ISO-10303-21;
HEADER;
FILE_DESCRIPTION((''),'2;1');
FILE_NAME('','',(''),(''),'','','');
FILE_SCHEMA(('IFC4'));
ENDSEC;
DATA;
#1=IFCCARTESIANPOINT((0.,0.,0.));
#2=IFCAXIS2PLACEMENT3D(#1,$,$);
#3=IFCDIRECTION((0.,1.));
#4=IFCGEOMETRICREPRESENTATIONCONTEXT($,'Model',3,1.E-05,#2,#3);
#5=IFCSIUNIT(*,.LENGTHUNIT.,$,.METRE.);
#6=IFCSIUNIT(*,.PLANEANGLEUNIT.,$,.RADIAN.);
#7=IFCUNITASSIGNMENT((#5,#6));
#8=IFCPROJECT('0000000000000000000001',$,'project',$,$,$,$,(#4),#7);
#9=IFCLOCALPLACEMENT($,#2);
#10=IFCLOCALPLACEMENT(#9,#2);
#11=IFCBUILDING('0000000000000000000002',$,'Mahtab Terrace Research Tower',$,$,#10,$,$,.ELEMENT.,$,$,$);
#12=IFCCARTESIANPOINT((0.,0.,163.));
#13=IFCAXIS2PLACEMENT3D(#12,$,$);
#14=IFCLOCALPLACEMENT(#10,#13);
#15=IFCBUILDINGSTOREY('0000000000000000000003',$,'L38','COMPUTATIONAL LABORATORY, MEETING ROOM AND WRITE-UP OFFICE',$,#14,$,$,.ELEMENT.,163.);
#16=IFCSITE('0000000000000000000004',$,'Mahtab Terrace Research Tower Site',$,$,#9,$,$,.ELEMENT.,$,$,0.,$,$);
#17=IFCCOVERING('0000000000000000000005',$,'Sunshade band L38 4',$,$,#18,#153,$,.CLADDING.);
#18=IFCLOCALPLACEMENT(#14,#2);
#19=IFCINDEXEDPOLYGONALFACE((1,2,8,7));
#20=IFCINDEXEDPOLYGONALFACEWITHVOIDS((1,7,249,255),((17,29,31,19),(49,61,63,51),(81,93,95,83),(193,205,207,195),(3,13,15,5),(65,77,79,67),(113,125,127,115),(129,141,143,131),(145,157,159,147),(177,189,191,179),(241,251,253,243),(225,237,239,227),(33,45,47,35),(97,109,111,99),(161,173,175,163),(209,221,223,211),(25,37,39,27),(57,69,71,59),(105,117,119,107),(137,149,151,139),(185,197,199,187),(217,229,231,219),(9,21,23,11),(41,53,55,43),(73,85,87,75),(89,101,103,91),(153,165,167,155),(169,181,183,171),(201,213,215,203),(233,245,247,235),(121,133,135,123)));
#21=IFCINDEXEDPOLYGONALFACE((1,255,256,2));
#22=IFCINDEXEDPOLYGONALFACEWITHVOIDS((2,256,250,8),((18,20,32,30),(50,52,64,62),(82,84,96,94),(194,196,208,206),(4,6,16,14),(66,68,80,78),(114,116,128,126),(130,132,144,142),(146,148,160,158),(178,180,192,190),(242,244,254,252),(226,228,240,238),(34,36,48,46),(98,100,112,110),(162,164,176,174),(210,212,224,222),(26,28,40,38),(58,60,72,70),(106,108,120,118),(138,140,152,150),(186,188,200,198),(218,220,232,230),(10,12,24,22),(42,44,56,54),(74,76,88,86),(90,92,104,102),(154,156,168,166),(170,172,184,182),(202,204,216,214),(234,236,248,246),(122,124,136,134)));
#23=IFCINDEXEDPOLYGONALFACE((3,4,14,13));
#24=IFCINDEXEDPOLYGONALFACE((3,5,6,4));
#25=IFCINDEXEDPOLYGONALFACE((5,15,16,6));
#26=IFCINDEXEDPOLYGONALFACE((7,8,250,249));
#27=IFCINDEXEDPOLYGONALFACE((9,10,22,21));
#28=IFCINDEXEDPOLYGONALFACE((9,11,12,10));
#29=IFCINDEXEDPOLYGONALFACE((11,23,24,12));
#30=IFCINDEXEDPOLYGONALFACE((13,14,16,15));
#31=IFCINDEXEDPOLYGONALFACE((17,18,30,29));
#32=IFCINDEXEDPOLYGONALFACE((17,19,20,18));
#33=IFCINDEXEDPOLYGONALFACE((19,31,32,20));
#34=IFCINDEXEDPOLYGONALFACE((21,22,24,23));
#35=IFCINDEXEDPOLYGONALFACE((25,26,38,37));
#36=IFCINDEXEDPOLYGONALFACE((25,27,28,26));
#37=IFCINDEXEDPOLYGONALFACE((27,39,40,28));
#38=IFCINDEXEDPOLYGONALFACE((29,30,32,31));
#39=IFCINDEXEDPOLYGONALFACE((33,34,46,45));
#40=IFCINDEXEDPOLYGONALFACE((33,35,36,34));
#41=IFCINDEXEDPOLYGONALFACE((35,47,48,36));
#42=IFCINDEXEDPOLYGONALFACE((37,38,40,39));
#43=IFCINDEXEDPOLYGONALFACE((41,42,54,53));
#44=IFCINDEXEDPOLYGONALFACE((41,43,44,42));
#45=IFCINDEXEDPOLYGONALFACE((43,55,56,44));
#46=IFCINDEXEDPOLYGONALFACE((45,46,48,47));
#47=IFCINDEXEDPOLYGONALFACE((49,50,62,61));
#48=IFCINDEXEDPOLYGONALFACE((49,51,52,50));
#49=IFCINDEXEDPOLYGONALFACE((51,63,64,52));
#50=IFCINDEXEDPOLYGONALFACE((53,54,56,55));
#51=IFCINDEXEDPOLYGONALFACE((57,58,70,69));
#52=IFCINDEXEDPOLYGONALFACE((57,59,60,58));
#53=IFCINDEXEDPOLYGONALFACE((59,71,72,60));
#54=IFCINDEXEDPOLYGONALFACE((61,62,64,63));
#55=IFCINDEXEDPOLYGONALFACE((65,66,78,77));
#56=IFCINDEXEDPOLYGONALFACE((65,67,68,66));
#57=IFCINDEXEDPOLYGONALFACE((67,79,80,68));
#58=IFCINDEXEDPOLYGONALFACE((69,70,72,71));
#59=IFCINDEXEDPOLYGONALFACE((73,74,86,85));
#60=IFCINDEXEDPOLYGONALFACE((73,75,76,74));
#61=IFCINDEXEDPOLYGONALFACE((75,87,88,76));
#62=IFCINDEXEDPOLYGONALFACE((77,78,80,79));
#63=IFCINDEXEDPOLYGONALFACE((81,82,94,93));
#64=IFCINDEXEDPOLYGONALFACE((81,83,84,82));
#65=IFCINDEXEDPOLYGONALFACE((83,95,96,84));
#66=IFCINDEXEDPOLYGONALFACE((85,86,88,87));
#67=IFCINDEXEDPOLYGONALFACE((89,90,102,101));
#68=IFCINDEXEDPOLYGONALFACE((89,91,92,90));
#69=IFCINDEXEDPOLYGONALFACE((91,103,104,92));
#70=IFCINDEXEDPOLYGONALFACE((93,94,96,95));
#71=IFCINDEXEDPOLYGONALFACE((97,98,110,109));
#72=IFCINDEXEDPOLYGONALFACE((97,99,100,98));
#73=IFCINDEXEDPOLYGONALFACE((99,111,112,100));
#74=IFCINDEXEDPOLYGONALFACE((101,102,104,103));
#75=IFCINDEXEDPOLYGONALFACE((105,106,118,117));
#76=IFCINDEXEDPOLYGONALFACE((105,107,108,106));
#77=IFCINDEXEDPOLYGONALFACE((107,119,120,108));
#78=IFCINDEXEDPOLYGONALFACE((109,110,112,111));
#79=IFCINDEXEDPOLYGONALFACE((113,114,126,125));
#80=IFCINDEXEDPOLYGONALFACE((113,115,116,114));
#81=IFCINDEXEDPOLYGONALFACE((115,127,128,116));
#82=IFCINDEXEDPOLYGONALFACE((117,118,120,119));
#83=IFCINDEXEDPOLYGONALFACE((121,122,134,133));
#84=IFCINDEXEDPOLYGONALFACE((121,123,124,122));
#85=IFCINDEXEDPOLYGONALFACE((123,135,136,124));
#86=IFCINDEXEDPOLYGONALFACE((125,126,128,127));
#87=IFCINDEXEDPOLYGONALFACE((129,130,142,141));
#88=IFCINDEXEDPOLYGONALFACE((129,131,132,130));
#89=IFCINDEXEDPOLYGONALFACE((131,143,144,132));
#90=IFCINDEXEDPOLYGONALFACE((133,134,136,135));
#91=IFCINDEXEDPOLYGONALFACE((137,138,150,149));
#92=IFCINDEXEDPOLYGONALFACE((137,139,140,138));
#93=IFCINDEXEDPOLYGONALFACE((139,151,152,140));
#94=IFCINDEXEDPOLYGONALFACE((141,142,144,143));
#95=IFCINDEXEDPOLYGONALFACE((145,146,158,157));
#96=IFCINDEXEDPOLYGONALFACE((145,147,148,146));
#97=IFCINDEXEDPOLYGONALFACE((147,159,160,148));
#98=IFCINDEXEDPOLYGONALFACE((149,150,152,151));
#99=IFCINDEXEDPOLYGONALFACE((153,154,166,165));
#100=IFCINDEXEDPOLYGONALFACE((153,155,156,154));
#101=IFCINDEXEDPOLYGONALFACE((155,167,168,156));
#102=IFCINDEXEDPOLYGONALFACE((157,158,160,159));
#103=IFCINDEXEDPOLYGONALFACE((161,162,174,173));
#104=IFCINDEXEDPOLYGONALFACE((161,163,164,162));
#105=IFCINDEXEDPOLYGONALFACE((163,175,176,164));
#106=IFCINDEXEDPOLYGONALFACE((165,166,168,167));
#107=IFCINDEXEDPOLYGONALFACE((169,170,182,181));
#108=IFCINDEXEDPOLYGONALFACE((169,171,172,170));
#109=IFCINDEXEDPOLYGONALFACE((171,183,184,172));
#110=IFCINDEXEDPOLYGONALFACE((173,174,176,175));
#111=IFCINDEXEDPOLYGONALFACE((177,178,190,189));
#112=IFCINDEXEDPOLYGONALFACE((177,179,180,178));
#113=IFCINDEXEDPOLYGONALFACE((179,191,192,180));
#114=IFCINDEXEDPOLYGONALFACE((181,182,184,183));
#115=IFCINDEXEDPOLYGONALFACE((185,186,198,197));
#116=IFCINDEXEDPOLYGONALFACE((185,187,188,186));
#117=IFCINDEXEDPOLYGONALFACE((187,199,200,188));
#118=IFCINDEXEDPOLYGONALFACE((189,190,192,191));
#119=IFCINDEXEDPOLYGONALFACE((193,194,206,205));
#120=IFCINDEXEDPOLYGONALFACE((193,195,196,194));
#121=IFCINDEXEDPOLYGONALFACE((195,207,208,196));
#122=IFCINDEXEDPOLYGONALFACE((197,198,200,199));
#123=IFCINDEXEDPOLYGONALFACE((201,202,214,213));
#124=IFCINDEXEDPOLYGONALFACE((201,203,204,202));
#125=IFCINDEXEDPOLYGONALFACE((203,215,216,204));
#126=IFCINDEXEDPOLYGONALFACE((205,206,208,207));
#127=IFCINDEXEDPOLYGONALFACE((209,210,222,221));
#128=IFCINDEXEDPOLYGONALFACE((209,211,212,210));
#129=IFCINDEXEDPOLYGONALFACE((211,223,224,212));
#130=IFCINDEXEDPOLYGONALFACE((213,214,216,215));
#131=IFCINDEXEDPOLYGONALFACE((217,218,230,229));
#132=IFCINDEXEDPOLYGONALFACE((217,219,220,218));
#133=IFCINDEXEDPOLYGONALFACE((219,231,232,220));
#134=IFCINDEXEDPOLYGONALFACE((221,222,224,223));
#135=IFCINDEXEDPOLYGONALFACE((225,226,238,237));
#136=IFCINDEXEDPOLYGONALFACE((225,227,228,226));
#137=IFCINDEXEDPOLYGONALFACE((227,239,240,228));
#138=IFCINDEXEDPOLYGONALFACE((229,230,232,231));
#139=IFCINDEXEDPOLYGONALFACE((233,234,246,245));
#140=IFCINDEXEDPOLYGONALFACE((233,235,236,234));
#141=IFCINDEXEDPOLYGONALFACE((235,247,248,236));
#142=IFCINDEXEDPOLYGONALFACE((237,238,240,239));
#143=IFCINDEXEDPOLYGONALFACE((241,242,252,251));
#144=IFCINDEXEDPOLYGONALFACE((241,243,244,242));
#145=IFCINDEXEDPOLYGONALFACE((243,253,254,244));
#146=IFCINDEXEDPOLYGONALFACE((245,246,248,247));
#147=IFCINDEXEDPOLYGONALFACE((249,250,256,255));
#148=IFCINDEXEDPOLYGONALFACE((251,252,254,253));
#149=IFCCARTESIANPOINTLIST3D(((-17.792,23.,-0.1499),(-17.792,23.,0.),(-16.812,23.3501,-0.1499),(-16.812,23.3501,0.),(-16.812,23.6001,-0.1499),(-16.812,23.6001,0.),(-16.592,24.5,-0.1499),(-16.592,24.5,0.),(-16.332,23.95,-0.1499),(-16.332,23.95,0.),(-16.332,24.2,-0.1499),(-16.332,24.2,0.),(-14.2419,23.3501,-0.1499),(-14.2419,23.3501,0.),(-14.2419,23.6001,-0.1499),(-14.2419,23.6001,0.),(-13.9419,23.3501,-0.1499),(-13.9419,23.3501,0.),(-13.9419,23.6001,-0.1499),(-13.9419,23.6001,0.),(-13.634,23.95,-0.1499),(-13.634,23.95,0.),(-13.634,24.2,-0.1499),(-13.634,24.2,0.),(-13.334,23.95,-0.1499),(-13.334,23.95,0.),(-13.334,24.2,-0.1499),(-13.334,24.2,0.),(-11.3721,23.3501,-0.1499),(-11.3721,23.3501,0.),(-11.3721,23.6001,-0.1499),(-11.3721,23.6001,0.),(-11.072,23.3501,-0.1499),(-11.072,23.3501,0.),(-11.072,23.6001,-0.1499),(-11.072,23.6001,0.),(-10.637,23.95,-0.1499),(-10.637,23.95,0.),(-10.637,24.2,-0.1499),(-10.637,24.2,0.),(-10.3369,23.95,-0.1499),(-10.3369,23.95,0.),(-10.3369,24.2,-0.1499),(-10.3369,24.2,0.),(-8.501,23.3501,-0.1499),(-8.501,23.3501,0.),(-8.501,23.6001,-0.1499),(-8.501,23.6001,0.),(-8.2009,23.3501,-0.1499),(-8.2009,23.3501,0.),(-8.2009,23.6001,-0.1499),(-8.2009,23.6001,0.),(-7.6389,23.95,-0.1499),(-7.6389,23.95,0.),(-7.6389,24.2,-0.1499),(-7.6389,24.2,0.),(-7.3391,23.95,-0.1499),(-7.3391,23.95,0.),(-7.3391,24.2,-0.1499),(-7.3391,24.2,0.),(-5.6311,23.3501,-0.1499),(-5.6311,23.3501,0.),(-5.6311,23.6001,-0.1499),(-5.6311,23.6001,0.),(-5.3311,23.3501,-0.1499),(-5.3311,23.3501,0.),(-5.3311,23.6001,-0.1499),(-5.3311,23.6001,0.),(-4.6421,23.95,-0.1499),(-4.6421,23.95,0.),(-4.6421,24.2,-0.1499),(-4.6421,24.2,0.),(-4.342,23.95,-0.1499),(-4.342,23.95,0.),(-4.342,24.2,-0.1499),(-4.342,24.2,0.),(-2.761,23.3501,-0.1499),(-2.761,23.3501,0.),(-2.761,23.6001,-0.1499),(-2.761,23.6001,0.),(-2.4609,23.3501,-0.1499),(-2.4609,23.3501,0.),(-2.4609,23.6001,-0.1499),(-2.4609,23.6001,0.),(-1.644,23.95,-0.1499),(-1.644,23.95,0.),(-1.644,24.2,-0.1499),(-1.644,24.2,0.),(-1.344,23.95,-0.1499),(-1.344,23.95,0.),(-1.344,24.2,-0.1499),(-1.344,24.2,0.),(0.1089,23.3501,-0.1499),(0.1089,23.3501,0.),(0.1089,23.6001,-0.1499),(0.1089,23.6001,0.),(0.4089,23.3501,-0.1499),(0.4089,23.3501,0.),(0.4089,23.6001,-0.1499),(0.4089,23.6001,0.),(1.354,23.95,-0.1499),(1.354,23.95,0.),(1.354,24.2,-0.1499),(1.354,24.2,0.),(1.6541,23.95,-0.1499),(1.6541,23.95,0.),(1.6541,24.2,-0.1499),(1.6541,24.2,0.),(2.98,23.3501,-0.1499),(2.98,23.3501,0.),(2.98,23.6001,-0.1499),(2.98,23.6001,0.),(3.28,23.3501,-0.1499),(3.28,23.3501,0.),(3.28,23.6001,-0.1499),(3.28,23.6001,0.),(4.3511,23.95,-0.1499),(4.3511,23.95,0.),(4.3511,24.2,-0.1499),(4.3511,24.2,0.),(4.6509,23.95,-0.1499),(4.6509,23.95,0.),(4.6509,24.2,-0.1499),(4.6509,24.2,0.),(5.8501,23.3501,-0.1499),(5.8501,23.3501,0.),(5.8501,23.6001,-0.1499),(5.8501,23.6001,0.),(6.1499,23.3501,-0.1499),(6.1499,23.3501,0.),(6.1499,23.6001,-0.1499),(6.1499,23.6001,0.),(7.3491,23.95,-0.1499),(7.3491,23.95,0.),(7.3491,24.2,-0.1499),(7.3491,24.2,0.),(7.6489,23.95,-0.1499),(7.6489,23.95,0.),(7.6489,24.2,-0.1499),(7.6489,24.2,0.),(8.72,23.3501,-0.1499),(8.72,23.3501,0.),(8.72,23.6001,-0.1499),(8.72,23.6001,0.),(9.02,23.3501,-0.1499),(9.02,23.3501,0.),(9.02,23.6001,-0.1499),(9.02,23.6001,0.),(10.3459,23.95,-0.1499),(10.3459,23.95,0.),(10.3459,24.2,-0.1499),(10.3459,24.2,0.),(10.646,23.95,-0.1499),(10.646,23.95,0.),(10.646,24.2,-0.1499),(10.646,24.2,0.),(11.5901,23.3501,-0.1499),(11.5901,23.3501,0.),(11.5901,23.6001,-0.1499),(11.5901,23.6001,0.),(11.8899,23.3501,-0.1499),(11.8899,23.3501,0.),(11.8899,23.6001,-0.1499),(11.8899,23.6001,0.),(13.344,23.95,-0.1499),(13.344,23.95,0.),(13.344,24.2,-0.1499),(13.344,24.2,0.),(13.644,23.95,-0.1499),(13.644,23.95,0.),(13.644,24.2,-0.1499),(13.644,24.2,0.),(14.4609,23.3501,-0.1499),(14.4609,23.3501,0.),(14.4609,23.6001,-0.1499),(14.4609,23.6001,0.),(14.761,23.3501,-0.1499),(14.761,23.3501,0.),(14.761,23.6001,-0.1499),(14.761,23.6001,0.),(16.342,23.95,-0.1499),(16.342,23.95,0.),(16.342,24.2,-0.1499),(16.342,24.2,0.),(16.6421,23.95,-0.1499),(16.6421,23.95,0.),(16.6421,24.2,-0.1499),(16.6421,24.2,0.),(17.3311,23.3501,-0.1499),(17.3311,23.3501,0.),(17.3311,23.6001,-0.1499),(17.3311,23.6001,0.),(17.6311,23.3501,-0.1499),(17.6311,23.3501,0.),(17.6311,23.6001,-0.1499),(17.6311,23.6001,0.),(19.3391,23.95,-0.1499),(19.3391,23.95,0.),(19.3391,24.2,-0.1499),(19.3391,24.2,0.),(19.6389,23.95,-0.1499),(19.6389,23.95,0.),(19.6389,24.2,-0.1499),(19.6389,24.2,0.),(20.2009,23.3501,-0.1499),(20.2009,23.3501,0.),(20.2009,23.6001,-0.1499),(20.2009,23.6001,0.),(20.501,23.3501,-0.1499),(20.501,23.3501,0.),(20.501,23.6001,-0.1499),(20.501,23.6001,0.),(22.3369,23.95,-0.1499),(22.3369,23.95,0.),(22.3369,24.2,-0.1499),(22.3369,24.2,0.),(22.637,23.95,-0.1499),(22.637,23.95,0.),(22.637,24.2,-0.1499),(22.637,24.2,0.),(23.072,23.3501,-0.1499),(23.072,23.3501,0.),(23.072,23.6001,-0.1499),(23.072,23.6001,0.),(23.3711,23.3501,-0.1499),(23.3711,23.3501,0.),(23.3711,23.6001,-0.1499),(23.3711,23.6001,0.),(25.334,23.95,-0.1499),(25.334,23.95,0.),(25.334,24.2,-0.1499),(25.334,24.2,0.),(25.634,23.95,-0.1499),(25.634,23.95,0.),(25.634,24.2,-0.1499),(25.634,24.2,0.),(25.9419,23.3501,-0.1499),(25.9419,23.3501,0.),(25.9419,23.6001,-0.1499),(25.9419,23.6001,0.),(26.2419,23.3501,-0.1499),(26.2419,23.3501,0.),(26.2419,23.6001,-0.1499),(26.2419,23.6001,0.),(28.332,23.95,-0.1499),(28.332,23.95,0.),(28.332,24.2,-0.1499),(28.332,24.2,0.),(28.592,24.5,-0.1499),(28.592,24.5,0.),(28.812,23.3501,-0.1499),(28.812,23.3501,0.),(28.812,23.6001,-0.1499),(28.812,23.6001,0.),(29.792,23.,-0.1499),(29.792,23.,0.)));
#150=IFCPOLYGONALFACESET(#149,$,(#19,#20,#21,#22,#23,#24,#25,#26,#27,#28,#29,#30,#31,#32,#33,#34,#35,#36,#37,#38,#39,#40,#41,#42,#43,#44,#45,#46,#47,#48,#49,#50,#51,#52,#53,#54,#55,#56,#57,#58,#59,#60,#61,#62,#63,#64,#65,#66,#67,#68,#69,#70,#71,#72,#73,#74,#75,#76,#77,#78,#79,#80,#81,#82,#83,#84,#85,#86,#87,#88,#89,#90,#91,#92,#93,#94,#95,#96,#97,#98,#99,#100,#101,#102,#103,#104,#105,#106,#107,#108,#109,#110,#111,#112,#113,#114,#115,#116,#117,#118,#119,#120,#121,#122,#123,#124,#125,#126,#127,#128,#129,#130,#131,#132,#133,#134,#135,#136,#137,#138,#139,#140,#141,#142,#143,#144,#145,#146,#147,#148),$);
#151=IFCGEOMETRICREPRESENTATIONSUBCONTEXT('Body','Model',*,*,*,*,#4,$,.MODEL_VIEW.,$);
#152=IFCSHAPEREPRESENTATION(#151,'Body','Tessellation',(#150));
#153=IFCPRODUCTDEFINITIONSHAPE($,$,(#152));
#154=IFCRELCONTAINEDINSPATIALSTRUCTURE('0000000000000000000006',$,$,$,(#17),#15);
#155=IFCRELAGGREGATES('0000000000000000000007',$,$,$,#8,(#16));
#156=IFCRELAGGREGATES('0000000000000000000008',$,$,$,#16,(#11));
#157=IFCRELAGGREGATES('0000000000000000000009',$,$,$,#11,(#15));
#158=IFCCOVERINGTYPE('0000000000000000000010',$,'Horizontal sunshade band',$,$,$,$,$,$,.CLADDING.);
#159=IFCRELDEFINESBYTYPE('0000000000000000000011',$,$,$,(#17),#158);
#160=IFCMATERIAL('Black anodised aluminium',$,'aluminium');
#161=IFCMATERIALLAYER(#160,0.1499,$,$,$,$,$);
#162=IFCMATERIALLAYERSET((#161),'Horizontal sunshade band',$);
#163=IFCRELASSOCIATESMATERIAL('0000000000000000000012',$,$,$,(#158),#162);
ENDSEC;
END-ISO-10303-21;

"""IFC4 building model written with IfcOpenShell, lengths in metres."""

from ifc_helpers import new_model, si_unit, direction, frame, origin, place, context, subcontext, project, spatial, polyline, outline, extrude, material, layer, layer_set, type_object, element, save


model = new_model("IFC4")

# Units and contexts
model_context = context("Model", 3, precision=1e-05, world=origin(), true_north=direction((0.0, 1.0)))
body_context = subcontext(model_context, "Body", "Model", "MODEL_VIEW")
ifc_project = project(units=[si_unit("LENGTHUNIT", "METRE"), si_unit("PLANEANGLEUNIT", "RADIAN")], contexts=[model_context])

# Site, building, storey
site_placement = place(None, origin())
site = spatial("IfcSite", under=ifc_project, at=site_placement, Name="Mahtab Terrace Research Tower Site", CompositionType="ELEMENT", RefElevation=0.0)
building_placement = place(site_placement, origin())
building = spatial("IfcBuilding", under=site, at=building_placement, Name="Mahtab Terrace Research Tower", CompositionType="ELEMENT")
storey_placement = place(building_placement, frame((0.0, 0.0, 163.0)))
storey = spatial("IfcBuildingStorey", under=building, at=storey_placement, Name="L38", Description="COMPUTATIONAL LABORATORY, MEETING ROOM AND WRITE-UP OFFICE", CompositionType="ELEMENT", Elevation=163.0)

# Covering
ifc_material_1 = material(Name="Black anodised aluminium", Category="aluminium")
ifc_layer_1 = layer(ifc_material_1, 0.1499)
ifc_layer_set_1 = layer_set([ifc_layer_1], Name="Horizontal sunshade band")
covering_type = type_object("IfcCoveringType", Name="Horizontal sunshade band", PredefinedType="CLADDING", material=ifc_layer_set_1)
covering_1_placement = place(storey_placement, frame((0.0, 0.0, -0.1499)))
element("IfcCovering", 1, at=covering_1_placement, inside=storey, type_object=covering_type, Name="Sunshade band L38 4", PredefinedType="CLADDING", context=body_context, shape_type="SweptSolid", body=[
    extrude(outline(polyline([(29.792, 23.0), (-17.792, 23.0), (-16.592, 24.5), (28.592, 24.5), (29.792, 23.0)]), holes=[polyline([(28.812, 23.3501), (26.2419, 23.3501), (26.2419, 23.6001), (28.812, 23.6001), (28.812, 23.3501)]), polyline([(25.9419, 23.3501), (23.3711, 23.3501), (23.3711, 23.6001), (25.9419, 23.6001), (25.9419, 23.3501)]), polyline([(23.072, 23.3501), (20.501, 23.3501), (20.501, 23.6001), (23.072, 23.6001), (23.072, 23.3501)]), polyline([(20.2009, 23.3501), (17.6311, 23.3501), (17.6311, 23.6001), (20.2009, 23.6001), (20.2009, 23.3501)]), polyline([(17.3311, 23.3501), (14.761, 23.3501), (14.761, 23.6001), (17.3311, 23.6001), (17.3311, 23.3501)]), polyline([(14.4609, 23.3501), (11.8899, 23.3501), (11.8899, 23.6001), (14.4609, 23.6001), (14.4609, 23.3501)]), polyline([(11.5901, 23.3501), (9.02, 23.3501), (9.02, 23.6001), (11.5901, 23.6001), (11.5901, 23.3501)]), polyline([(8.72, 23.3501), (6.1499, 23.3501), (6.1499, 23.6001), (8.72, 23.6001), (8.72, 23.3501)]), polyline([(5.8501, 23.3501), (3.28, 23.3501), (3.28, 23.6001), (5.8501, 23.6001), (5.8501, 23.3501)]), polyline([(2.98, 23.3501), (0.4089, 23.3501), (0.4089, 23.6001), (2.98, 23.6001), (2.98, 23.3501)]), polyline([(0.1089, 23.3501), (-2.4609, 23.3501), (-2.4609, 23.6001), (0.1089, 23.6001), (0.1089, 23.3501)]), polyline([(-2.761, 23.3501), (-5.3311, 23.3501), (-5.3311, 23.6001), (-2.761, 23.6001), (-2.761, 23.3501)]), polyline([(-5.6311, 23.3501), (-8.2009, 23.3501), (-8.2009, 23.6001), (-5.6311, 23.6001), (-5.6311, 23.3501)]), polyline([(-8.501, 23.3501), (-11.072, 23.3501), (-11.072, 23.6001), (-8.501, 23.6001), (-8.501, 23.3501)]), polyline([(-11.3721, 23.3501), (-13.9419, 23.3501), (-13.9419, 23.6001), (-11.3721, 23.6001), (-11.3721, 23.3501)]), polyline([(-14.2419, 23.3501), (-16.812, 23.3501), (-16.812, 23.6001), (-14.2419, 23.6001), (-14.2419, 23.3501)]), polyline([(28.332, 23.95), (25.634, 23.95), (25.634, 24.2), (28.332, 24.2), (28.332, 23.95)]), polyline([(25.334, 23.95), (22.637, 23.95), (22.637, 24.2), (25.334, 24.2), (25.334, 23.95)]), polyline([(22.3369, 23.95), (19.6389, 23.95), (19.6389, 24.2), (22.3369, 24.2), (22.3369, 23.95)]), polyline([(19.3391, 23.95), (16.6421, 23.95), (16.6421, 24.2), (19.3391, 24.2), (19.3391, 23.95)]), polyline([(16.342, 23.95), (13.644, 23.95), (13.644, 24.2), (16.342, 24.2), (16.342, 23.95)]), polyline([(13.344, 23.95), (10.646, 23.95), (10.646, 24.2), (13.344, 24.2), (13.344, 23.95)]), polyline([(10.3459, 23.95), (7.6489, 23.95), (7.6489, 24.2), (10.3459, 24.2), (10.3459, 23.95)]), polyline([(7.3491, 23.95), (4.6509, 23.95), (4.6509, 24.2), (7.3491, 24.2), (7.3491, 23.95)]), polyline([(4.3511, 23.95), (1.6541, 23.95), (1.6541, 24.2), (4.3511, 24.2), (4.3511, 23.95)]), polyline([(1.354, 23.95), (-1.344, 23.95), (-1.344, 24.2), (1.354, 24.2), (1.354, 23.95)]), polyline([(-1.644, 23.95), (-4.342, 23.95), (-4.342, 24.2), (-1.644, 24.2), (-1.644, 23.95)]), polyline([(-4.6421, 23.95), (-7.3391, 23.95), (-7.3391, 24.2), (-4.6421, 24.2), (-4.6421, 23.95)]), polyline([(-7.6389, 23.95), (-10.3369, 23.95), (-10.3369, 24.2), (-7.6389, 24.2), (-7.6389, 23.95)]), polyline([(-10.637, 23.95), (-13.334, 23.95), (-13.334, 24.2), (-10.637, 24.2), (-10.637, 23.95)]), polyline([(-13.634, 23.95), (-16.332, 23.95), (-16.332, 24.2), (-13.634, 24.2), (-13.634, 23.95)])]), origin(), (0.0, 0.0, 1.0), 0.1499),
])

save(model, "model.ifc")
